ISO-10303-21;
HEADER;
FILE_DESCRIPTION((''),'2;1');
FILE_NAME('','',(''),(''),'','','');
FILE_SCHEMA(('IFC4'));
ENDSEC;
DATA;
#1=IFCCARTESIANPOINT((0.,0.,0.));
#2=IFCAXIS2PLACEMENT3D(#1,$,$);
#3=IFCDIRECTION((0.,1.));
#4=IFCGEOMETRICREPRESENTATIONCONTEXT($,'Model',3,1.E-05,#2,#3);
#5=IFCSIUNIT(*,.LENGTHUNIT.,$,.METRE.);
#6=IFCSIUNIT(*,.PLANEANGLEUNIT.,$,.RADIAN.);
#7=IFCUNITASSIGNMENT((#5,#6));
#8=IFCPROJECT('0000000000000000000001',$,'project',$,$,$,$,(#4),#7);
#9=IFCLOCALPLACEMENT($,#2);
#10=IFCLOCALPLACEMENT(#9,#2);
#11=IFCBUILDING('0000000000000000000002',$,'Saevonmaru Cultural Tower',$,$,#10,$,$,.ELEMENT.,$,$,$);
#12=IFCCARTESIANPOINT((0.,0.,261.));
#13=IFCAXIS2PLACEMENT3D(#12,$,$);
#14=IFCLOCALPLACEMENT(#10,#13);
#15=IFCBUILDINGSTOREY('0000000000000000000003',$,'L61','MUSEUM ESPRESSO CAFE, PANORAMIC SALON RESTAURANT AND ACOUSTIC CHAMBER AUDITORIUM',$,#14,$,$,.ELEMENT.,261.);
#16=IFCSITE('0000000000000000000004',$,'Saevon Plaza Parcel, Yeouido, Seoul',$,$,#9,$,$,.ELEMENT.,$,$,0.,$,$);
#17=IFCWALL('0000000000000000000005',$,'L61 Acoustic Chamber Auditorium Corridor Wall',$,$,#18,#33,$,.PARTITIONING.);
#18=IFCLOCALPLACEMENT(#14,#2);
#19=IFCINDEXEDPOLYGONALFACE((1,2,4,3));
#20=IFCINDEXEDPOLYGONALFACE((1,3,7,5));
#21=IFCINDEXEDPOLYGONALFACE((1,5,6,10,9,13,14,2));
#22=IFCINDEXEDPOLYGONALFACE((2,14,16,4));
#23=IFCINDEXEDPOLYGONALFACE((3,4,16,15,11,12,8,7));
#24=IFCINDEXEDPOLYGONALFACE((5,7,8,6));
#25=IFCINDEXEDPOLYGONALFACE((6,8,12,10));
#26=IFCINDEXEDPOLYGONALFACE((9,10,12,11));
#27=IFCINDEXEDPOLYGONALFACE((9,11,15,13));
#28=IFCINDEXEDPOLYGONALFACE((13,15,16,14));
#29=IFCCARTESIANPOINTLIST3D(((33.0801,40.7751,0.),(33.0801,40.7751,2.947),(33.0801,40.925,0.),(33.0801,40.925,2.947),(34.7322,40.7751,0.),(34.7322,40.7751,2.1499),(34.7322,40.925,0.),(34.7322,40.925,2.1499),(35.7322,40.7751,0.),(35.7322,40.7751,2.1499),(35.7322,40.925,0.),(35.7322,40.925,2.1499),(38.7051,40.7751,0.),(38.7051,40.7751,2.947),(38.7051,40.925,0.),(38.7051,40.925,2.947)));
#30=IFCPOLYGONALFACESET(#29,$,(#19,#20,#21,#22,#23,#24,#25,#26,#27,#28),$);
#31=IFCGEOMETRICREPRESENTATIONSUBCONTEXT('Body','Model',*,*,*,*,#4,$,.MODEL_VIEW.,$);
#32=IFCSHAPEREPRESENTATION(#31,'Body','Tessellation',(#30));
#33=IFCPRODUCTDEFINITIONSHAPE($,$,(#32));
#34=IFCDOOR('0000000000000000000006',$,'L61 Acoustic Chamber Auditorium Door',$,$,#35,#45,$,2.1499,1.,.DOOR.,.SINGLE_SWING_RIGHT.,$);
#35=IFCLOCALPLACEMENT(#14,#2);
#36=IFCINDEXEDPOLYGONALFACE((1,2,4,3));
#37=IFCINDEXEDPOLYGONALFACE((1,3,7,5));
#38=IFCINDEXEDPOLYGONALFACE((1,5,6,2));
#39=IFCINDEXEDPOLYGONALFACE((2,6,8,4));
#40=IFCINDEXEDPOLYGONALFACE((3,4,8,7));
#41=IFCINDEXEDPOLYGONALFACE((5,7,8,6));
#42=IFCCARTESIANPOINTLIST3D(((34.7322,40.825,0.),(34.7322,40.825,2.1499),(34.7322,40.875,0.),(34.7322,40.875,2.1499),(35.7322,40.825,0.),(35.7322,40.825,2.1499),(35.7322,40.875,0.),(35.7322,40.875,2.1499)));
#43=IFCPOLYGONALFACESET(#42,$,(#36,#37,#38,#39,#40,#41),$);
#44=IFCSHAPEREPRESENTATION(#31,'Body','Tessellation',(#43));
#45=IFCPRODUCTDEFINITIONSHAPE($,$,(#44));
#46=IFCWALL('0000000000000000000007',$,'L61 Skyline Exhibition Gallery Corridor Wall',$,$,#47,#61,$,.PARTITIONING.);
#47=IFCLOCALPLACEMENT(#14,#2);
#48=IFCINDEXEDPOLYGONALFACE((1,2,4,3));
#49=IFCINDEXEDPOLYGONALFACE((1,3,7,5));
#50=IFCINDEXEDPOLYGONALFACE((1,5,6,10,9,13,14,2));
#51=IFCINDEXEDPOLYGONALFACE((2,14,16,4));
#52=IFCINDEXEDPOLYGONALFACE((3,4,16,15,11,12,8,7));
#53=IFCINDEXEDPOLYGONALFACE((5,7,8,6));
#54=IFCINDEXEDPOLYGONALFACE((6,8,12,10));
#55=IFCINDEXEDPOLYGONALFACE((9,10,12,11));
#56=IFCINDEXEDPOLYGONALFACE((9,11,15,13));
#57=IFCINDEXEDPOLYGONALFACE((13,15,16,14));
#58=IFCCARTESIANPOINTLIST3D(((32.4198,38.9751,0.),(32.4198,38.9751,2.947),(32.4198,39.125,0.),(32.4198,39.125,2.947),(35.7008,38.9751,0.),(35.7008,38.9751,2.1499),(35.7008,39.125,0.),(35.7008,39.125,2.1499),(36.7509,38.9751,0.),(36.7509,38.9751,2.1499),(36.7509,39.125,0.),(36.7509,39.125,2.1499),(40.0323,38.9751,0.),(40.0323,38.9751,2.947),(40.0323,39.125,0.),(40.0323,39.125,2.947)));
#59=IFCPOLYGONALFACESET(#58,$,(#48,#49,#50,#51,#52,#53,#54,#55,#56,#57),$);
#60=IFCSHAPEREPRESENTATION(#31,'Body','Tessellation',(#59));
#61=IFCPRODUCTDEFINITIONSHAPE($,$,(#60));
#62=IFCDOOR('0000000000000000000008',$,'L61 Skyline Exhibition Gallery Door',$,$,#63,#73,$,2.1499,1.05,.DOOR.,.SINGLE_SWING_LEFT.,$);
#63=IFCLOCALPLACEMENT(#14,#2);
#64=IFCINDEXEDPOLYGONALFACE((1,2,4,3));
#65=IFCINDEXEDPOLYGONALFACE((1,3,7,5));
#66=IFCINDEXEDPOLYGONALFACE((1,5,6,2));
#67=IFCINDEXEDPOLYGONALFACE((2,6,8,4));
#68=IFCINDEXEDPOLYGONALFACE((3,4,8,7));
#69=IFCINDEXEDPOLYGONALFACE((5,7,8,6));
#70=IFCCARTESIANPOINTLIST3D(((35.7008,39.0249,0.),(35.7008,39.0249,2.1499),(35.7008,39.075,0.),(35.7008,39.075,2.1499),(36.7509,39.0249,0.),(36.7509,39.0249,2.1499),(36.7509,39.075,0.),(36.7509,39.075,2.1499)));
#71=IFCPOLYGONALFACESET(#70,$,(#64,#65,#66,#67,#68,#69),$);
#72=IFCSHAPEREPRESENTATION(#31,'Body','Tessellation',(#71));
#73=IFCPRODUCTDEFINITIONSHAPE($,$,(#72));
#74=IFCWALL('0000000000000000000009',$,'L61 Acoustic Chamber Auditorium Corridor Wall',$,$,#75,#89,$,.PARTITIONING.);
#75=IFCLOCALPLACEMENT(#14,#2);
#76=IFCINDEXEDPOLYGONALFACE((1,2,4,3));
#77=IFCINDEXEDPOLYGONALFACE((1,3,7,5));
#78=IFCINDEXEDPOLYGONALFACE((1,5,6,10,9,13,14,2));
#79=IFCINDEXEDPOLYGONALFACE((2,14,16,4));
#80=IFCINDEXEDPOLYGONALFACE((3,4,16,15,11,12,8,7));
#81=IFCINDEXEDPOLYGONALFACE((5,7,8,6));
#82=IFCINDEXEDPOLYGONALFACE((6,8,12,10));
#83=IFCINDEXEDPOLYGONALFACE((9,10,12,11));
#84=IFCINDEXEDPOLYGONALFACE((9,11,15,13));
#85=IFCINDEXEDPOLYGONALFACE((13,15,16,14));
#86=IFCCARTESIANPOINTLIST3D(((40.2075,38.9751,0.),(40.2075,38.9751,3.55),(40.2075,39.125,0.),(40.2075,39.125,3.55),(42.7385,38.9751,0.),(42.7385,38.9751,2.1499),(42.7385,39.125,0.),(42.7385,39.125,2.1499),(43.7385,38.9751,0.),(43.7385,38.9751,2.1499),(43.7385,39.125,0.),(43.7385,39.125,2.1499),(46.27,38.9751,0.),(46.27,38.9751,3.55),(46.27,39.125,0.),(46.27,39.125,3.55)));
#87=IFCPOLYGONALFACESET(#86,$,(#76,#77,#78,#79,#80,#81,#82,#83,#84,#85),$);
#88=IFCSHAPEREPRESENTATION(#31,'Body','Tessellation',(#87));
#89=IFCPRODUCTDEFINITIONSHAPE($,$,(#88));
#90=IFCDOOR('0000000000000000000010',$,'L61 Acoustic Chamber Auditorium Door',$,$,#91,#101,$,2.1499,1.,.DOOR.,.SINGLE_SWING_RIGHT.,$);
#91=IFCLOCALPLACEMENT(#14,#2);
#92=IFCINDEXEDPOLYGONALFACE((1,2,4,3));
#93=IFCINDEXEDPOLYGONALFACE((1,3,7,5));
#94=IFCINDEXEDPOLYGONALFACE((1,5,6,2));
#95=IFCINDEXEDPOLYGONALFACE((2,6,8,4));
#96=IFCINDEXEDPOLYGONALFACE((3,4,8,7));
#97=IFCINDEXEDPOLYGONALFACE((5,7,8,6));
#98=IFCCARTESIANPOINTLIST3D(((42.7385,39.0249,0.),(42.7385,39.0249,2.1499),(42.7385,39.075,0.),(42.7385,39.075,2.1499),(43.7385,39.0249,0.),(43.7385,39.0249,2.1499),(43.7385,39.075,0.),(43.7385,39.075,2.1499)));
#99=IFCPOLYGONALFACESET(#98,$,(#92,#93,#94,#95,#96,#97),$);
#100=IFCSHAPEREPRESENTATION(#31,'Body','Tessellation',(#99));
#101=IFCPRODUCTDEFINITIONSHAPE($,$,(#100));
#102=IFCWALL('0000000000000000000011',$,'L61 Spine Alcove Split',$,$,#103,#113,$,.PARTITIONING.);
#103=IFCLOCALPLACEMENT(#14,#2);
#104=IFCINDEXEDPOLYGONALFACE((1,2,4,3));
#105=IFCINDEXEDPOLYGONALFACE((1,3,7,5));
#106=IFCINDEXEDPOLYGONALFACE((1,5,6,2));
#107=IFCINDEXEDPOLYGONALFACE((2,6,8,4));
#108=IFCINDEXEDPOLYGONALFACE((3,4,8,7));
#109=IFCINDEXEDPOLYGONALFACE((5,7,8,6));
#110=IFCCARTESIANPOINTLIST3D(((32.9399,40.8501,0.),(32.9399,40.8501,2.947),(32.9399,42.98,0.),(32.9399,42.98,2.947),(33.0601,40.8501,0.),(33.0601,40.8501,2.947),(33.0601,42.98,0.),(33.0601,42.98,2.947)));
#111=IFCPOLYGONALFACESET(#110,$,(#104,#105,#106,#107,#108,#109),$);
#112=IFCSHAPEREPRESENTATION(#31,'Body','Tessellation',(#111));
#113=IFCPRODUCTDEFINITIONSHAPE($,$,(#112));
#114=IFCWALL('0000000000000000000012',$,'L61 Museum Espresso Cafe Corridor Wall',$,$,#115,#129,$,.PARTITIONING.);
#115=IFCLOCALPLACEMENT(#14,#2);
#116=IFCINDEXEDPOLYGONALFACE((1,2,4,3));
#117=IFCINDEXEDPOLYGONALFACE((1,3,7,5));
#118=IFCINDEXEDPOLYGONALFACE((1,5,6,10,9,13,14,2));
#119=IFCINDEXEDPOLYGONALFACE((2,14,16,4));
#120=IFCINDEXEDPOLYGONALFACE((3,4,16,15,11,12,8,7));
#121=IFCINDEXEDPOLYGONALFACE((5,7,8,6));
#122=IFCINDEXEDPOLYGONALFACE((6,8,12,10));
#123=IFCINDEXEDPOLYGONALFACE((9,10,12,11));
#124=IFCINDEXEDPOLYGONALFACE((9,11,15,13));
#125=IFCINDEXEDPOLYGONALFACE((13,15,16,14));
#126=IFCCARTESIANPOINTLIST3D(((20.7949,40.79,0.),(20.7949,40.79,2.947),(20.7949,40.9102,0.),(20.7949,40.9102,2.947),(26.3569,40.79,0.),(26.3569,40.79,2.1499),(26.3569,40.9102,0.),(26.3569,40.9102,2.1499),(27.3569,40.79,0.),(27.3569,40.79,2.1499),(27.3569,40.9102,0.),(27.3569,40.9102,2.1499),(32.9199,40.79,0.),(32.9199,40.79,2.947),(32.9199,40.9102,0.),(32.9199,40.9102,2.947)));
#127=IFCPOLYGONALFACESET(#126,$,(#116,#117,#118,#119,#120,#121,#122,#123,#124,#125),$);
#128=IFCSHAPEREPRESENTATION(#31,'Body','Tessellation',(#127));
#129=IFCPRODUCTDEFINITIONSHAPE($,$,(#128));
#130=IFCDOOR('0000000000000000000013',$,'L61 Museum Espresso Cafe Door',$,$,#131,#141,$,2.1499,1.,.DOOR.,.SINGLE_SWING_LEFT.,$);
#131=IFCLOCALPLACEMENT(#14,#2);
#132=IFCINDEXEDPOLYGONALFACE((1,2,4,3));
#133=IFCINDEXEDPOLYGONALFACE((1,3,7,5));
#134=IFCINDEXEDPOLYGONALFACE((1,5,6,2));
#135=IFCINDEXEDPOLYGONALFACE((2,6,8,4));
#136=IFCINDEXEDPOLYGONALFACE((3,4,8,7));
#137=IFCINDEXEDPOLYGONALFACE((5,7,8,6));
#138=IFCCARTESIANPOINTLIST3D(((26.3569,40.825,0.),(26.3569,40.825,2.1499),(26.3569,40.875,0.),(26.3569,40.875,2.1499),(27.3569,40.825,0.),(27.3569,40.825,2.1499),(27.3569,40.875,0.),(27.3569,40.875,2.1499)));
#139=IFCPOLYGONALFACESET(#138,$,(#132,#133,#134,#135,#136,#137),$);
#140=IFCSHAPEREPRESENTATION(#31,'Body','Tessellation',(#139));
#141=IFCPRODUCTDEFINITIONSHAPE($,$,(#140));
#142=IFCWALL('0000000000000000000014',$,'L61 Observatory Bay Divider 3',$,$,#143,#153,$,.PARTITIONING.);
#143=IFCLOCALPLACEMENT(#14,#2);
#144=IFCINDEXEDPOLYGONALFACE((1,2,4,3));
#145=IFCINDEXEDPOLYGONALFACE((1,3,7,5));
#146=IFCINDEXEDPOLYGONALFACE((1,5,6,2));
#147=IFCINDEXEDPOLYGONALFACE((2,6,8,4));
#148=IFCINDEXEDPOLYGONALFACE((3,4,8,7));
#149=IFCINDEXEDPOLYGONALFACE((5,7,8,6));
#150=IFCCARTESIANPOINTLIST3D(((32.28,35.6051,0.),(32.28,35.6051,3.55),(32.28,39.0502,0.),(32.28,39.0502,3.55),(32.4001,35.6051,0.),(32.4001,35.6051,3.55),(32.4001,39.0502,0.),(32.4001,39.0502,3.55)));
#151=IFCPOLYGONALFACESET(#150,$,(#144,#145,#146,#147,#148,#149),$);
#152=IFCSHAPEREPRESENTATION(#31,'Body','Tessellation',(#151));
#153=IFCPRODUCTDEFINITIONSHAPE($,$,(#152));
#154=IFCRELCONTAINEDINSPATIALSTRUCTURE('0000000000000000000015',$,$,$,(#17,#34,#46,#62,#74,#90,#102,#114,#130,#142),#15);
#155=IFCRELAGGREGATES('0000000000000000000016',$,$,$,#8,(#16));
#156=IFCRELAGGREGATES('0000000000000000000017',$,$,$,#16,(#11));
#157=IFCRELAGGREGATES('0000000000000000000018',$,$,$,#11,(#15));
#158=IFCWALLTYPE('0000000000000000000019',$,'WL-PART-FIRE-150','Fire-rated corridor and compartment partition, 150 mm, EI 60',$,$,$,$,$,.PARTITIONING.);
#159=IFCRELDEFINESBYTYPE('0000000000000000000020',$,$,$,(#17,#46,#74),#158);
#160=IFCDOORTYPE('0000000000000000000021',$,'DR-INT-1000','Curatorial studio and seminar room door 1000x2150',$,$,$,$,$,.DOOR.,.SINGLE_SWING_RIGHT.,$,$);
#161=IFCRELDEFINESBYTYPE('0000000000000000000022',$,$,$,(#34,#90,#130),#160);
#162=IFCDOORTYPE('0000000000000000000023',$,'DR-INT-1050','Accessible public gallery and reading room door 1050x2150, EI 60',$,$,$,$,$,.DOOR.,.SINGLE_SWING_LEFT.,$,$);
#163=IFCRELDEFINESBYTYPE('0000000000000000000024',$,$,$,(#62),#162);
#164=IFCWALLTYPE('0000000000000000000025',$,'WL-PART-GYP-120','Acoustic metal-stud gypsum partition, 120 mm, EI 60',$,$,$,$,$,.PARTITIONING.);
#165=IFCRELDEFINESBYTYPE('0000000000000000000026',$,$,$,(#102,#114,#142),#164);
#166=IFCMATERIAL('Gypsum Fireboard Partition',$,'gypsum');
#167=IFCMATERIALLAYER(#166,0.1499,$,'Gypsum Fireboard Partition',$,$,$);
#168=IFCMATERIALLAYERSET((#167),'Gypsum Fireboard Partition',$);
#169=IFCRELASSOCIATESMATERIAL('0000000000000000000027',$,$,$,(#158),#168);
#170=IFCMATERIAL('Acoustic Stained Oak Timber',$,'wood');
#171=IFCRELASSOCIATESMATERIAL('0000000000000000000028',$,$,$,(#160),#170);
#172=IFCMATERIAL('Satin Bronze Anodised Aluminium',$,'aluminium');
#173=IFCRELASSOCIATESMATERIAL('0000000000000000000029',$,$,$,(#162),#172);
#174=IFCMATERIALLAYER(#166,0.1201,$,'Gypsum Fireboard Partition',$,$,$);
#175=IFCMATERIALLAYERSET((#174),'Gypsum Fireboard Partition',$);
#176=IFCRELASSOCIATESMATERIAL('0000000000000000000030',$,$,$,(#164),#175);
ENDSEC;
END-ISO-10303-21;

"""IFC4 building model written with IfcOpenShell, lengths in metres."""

from ifc_helpers import new_model, si_unit, direction, frame, frame_2d, origin, place, context, subcontext, project, spatial, rectangle, extrude, material, layer, layer_set, type_object, element, fill, save


model = new_model("IFC4")

# Units and contexts
model_context = context("Model", 3, precision=1e-05, world=origin(), true_north=direction((0.0, 1.0)))
body_context = subcontext(model_context, "Body", "Model", "MODEL_VIEW")
ifc_project = project(units=[si_unit("LENGTHUNIT", "METRE"), si_unit("PLANEANGLEUNIT", "RADIAN")], contexts=[model_context])

# Site, building, storey
site_placement = place(None, origin())
site = spatial("IfcSite", under=ifc_project, at=site_placement, Name="Saevon Plaza Parcel, Yeouido, Seoul", CompositionType="ELEMENT", RefElevation=0.0)
building_placement = place(site_placement, origin())
building = spatial("IfcBuilding", under=site, at=building_placement, Name="Saevonmaru Cultural Tower", CompositionType="ELEMENT")
storey_placement = place(building_placement, frame((0.0, 0.0, 261.0)))
storey = spatial("IfcBuildingStorey", under=building, at=storey_placement, Name="L61", Description="MUSEUM ESPRESSO CAFE, PANORAMIC SALON RESTAURANT AND ACOUSTIC CHAMBER AUDITORIUM", CompositionType="ELEMENT", Elevation=261.0)

# Shared definitions
ifc_material_1 = material(Name="Satin Bronze Anodised Aluminium", Category="aluminium")

# Shared definitions
ifc_material_2 = material(Name="Gypsum Fireboard Partition", Category="gypsum")
ifc_layer_1 = layer(ifc_material_2, 0.1499, Name="Gypsum Fireboard Partition")
ifc_layer_set_1 = layer_set([ifc_layer_1], Name="Gypsum Fireboard Partition")
wall_type_1 = type_object("IfcWallType", Name="WL-PART-FIRE-150", Description="Fire-rated corridor and compartment partition, 150 mm, EI 60", PredefinedType="PARTITIONING", material=ifc_layer_set_1)

# Walls, openings, doors
wall_1_placement = place(storey_placement, frame((33.0801, 40.8501, 0.0), z_axis=(0.0, 0.0, 1.0), x_axis=(1.0, 0.0, 0.0)))
wall_1 = element("IfcWall", 1, at=wall_1_placement, inside=storey, type_object=wall_type_1, Name="L61 Acoustic Chamber Auditorium Corridor Wall", PredefinedType="PARTITIONING", context=body_context, shape_type="SweptSolid", body=[
    extrude(rectangle(XDim=5.625, YDim=0.1499, at=frame_2d((2.8125, 0.0))), origin(), (0.0, 0.0, 1.0), 2.947),
])
opening_1_placement = place(wall_1_placement, frame((1.6521, 0.0, 0.0)))
opening_1 = element("IfcOpeningElement", 2, at=opening_1_placement, cuts=wall_1, PredefinedType="OPENING", context=body_context, shape_type="SweptSolid", body=[
    extrude(rectangle(XDim=1.0, YDim=2.1499, at=frame_2d((0.5, 1.075))), frame((0.0, 0.085, 0.0), z_axis=(0.0, -1.0, 0.0), x_axis=(1.0, 0.0, 0.0)), (0.0, 0.0, 1.0), 0.1699),
])
ifc_material_3 = material(Name="Acoustic Stained Oak Timber", Category="wood")
door_type_1 = type_object("IfcDoorType", Name="DR-INT-1000", Description="Curatorial studio and seminar room door 1000x2150", OperationType="SINGLE_SWING_RIGHT", PredefinedType="DOOR", material=ifc_material_3)
door_1_placement = place(opening_1_placement, origin())
door_1 = element("IfcDoor", 3, at=door_1_placement, inside=storey, type_object=door_type_1, Name="L61 Acoustic Chamber Auditorium Door", OperationType="SINGLE_SWING_RIGHT", OverallHeight=2.1499, OverallWidth=1.0, PredefinedType="DOOR", context=body_context, shape_type="SweptSolid", body=[
    extrude(rectangle(XDim=1.0, YDim=2.1499, at=frame_2d((0.5, 1.075))), frame((0.0, 0.0249, 0.0), z_axis=(0.0, -1.0, 0.0), x_axis=(1.0, 0.0, 0.0)), (0.0, 0.0, 1.0), 0.05),
])
fill(opening_1, door_1)
wall_2_placement = place(storey_placement, frame((32.4199, 39.05, 0.0), z_axis=(0.0, 0.0, 1.0), x_axis=(1.0, 0.0, 0.0)))
wall_2 = element("IfcWall", 4, at=wall_2_placement, inside=storey, type_object=wall_type_1, Name="L61 Skyline Exhibition Gallery Corridor Wall", PredefinedType="PARTITIONING", context=body_context, shape_type="SweptSolid", body=[
    extrude(rectangle(XDim=7.6125, YDim=0.1499, at=frame_2d((3.8062, 0.0))), origin(), (0.0, 0.0, 1.0), 2.947),
])
opening_2_placement = place(wall_2_placement, frame((3.281, 0.0, 0.0)))
opening_2 = element("IfcOpeningElement", 5, at=opening_2_placement, cuts=wall_2, PredefinedType="OPENING", context=body_context, shape_type="SweptSolid", body=[
    extrude(rectangle(XDim=1.05, YDim=2.1499, at=frame_2d((0.5249, 1.075))), frame((0.0, 0.085, 0.0), z_axis=(0.0, -1.0, 0.0), x_axis=(1.0, 0.0, 0.0)), (0.0, 0.0, 1.0), 0.1699),
])
door_type_2 = type_object("IfcDoorType", Name="DR-INT-1050", Description="Accessible public gallery and reading room door 1050x2150, EI 60", OperationType="SINGLE_SWING_LEFT", PredefinedType="DOOR", material=ifc_material_1)
door_2_placement = place(opening_2_placement, origin())
door_2 = element("IfcDoor", 6, at=door_2_placement, inside=storey, type_object=door_type_2, Name="L61 Skyline Exhibition Gallery Door", OperationType="SINGLE_SWING_LEFT", OverallHeight=2.1499, OverallWidth=1.05, PredefinedType="DOOR", context=body_context, shape_type="SweptSolid", body=[
    extrude(rectangle(XDim=1.05, YDim=2.1499, at=frame_2d((0.5249, 1.075))), frame((0.0, 0.0249, 0.0), z_axis=(0.0, -1.0, 0.0), x_axis=(1.0, 0.0, 0.0)), (0.0, 0.0, 1.0), 0.05),
])
fill(opening_2, door_2)
wall_3_placement = place(storey_placement, frame((40.2075, 39.05, 0.0), z_axis=(0.0, 0.0, 1.0), x_axis=(1.0, 0.0, 0.0)))
wall_3 = element("IfcWall", 7, at=wall_3_placement, inside=storey, type_object=wall_type_1, Name="L61 Acoustic Chamber Auditorium Corridor Wall", PredefinedType="PARTITIONING", context=body_context, shape_type="SweptSolid", body=[
    extrude(rectangle(XDim=6.0625, YDim=0.1499, at=frame_2d((3.0312, 0.0))), origin(), (0.0, 0.0, 1.0), 3.55),
])
opening_3_placement = place(wall_3_placement, frame((2.531, 0.0, 0.0)))
opening_3 = element("IfcOpeningElement", 8, at=opening_3_placement, cuts=wall_3, PredefinedType="OPENING", context=body_context, shape_type="SweptSolid", body=[
    extrude(rectangle(XDim=1.0, YDim=2.1499, at=frame_2d((0.5, 1.075))), frame((0.0, 0.085, 0.0), z_axis=(0.0, -1.0, 0.0), x_axis=(1.0, 0.0, 0.0)), (0.0, 0.0, 1.0), 0.1699),
])
door_3_placement = place(opening_3_placement, origin())
door_3 = element("IfcDoor", 9, at=door_3_placement, inside=storey, type_object=door_type_1, Name="L61 Acoustic Chamber Auditorium Door", OperationType="SINGLE_SWING_RIGHT", OverallHeight=2.1499, OverallWidth=1.0, PredefinedType="DOOR", context=body_context, shape_type="SweptSolid", body=[
    extrude(rectangle(XDim=1.0, YDim=2.1499, at=frame_2d((0.5, 1.075))), frame((0.0, 0.0249, 0.0), z_axis=(0.0, -1.0, 0.0), x_axis=(1.0, 0.0, 0.0)), (0.0, 0.0, 1.0), 0.05),
])
fill(opening_3, door_3)

# Wall
ifc_layer_2 = layer(ifc_material_2, 0.1201, Name="Gypsum Fireboard Partition")
ifc_layer_set_2 = layer_set([ifc_layer_2], Name="Gypsum Fireboard Partition")
wall_type_2 = type_object("IfcWallType", Name="WL-PART-GYP-120", Description="Acoustic metal-stud gypsum partition, 120 mm, EI 60", PredefinedType="PARTITIONING", material=ifc_layer_set_2)
wall_4_placement = place(storey_placement, frame((33.0, 40.8501, 0.0), z_axis=(0.0, 0.0, 1.0), x_axis=(0.0, 1.0, 0.0)))
element("IfcWall", 10, at=wall_4_placement, inside=storey, type_object=wall_type_2, Name="L61 Spine Alcove Split", PredefinedType="PARTITIONING", context=body_context, shape_type="SweptSolid", body=[
    extrude(rectangle(XDim=2.1299, YDim=0.1201, at=frame_2d((1.0649, 0.0))), origin(), (0.0, 0.0, 1.0), 2.947),
])

# Wall, opening, door
wall_5_placement = place(storey_placement, frame((20.7949, 40.8501, 0.0), z_axis=(0.0, 0.0, 1.0), x_axis=(1.0, 0.0, 0.0)))
wall_5 = element("IfcWall", 11, at=wall_5_placement, inside=storey, type_object=wall_type_2, Name="L61 Museum Espresso Cafe Corridor Wall", PredefinedType="PARTITIONING", context=body_context, shape_type="SweptSolid", body=[
    extrude(rectangle(XDim=12.125, YDim=0.1201, at=frame_2d((6.0625, 0.0))), origin(), (0.0, 0.0, 1.0), 2.947),
])
opening_4_placement = place(wall_5_placement, frame((5.562, 0.0, 0.0)))
opening_4 = element("IfcOpeningElement", 12, at=opening_4_placement, cuts=wall_5, PredefinedType="OPENING", context=body_context, shape_type="SweptSolid", body=[
    extrude(rectangle(XDim=1.0, YDim=2.1499, at=frame_2d((0.5, 1.075))), frame((0.0, 0.0701, 0.0), z_axis=(0.0, -1.0, 0.0), x_axis=(1.0, 0.0, 0.0)), (0.0, 0.0, 1.0), 0.1401),
])
door_4_placement = place(opening_4_placement, origin())
door_4 = element("IfcDoor", 13, at=door_4_placement, inside=storey, type_object=door_type_1, Name="L61 Museum Espresso Cafe Door", OperationType="SINGLE_SWING_LEFT", OverallHeight=2.1499, OverallWidth=1.0, PredefinedType="DOOR", context=body_context, shape_type="SweptSolid", body=[
    extrude(rectangle(XDim=1.0, YDim=2.1499, at=frame_2d((0.5, 1.075))), frame((0.0, 0.0249, 0.0), z_axis=(0.0, -1.0, 0.0), x_axis=(1.0, 0.0, 0.0)), (0.0, 0.0, 1.0), 0.05),
])
fill(opening_4, door_4)

# Wall
wall_6_placement = place(storey_placement, frame((32.3401, 35.605, 0.0), z_axis=(0.0, 0.0, 1.0), x_axis=(0.0, 1.0, 0.0)))
element("IfcWall", 14, at=wall_6_placement, inside=storey, type_object=wall_type_2, Name="L61 Observatory Bay Divider 3", PredefinedType="PARTITIONING", context=body_context, shape_type="SweptSolid", body=[
    extrude(rectangle(XDim=3.4451, YDim=0.1201, at=frame_2d((1.7227, 0.0))), origin(), (0.0, 0.0, 1.0), 3.55),
])

save(model, "model.ifc")
